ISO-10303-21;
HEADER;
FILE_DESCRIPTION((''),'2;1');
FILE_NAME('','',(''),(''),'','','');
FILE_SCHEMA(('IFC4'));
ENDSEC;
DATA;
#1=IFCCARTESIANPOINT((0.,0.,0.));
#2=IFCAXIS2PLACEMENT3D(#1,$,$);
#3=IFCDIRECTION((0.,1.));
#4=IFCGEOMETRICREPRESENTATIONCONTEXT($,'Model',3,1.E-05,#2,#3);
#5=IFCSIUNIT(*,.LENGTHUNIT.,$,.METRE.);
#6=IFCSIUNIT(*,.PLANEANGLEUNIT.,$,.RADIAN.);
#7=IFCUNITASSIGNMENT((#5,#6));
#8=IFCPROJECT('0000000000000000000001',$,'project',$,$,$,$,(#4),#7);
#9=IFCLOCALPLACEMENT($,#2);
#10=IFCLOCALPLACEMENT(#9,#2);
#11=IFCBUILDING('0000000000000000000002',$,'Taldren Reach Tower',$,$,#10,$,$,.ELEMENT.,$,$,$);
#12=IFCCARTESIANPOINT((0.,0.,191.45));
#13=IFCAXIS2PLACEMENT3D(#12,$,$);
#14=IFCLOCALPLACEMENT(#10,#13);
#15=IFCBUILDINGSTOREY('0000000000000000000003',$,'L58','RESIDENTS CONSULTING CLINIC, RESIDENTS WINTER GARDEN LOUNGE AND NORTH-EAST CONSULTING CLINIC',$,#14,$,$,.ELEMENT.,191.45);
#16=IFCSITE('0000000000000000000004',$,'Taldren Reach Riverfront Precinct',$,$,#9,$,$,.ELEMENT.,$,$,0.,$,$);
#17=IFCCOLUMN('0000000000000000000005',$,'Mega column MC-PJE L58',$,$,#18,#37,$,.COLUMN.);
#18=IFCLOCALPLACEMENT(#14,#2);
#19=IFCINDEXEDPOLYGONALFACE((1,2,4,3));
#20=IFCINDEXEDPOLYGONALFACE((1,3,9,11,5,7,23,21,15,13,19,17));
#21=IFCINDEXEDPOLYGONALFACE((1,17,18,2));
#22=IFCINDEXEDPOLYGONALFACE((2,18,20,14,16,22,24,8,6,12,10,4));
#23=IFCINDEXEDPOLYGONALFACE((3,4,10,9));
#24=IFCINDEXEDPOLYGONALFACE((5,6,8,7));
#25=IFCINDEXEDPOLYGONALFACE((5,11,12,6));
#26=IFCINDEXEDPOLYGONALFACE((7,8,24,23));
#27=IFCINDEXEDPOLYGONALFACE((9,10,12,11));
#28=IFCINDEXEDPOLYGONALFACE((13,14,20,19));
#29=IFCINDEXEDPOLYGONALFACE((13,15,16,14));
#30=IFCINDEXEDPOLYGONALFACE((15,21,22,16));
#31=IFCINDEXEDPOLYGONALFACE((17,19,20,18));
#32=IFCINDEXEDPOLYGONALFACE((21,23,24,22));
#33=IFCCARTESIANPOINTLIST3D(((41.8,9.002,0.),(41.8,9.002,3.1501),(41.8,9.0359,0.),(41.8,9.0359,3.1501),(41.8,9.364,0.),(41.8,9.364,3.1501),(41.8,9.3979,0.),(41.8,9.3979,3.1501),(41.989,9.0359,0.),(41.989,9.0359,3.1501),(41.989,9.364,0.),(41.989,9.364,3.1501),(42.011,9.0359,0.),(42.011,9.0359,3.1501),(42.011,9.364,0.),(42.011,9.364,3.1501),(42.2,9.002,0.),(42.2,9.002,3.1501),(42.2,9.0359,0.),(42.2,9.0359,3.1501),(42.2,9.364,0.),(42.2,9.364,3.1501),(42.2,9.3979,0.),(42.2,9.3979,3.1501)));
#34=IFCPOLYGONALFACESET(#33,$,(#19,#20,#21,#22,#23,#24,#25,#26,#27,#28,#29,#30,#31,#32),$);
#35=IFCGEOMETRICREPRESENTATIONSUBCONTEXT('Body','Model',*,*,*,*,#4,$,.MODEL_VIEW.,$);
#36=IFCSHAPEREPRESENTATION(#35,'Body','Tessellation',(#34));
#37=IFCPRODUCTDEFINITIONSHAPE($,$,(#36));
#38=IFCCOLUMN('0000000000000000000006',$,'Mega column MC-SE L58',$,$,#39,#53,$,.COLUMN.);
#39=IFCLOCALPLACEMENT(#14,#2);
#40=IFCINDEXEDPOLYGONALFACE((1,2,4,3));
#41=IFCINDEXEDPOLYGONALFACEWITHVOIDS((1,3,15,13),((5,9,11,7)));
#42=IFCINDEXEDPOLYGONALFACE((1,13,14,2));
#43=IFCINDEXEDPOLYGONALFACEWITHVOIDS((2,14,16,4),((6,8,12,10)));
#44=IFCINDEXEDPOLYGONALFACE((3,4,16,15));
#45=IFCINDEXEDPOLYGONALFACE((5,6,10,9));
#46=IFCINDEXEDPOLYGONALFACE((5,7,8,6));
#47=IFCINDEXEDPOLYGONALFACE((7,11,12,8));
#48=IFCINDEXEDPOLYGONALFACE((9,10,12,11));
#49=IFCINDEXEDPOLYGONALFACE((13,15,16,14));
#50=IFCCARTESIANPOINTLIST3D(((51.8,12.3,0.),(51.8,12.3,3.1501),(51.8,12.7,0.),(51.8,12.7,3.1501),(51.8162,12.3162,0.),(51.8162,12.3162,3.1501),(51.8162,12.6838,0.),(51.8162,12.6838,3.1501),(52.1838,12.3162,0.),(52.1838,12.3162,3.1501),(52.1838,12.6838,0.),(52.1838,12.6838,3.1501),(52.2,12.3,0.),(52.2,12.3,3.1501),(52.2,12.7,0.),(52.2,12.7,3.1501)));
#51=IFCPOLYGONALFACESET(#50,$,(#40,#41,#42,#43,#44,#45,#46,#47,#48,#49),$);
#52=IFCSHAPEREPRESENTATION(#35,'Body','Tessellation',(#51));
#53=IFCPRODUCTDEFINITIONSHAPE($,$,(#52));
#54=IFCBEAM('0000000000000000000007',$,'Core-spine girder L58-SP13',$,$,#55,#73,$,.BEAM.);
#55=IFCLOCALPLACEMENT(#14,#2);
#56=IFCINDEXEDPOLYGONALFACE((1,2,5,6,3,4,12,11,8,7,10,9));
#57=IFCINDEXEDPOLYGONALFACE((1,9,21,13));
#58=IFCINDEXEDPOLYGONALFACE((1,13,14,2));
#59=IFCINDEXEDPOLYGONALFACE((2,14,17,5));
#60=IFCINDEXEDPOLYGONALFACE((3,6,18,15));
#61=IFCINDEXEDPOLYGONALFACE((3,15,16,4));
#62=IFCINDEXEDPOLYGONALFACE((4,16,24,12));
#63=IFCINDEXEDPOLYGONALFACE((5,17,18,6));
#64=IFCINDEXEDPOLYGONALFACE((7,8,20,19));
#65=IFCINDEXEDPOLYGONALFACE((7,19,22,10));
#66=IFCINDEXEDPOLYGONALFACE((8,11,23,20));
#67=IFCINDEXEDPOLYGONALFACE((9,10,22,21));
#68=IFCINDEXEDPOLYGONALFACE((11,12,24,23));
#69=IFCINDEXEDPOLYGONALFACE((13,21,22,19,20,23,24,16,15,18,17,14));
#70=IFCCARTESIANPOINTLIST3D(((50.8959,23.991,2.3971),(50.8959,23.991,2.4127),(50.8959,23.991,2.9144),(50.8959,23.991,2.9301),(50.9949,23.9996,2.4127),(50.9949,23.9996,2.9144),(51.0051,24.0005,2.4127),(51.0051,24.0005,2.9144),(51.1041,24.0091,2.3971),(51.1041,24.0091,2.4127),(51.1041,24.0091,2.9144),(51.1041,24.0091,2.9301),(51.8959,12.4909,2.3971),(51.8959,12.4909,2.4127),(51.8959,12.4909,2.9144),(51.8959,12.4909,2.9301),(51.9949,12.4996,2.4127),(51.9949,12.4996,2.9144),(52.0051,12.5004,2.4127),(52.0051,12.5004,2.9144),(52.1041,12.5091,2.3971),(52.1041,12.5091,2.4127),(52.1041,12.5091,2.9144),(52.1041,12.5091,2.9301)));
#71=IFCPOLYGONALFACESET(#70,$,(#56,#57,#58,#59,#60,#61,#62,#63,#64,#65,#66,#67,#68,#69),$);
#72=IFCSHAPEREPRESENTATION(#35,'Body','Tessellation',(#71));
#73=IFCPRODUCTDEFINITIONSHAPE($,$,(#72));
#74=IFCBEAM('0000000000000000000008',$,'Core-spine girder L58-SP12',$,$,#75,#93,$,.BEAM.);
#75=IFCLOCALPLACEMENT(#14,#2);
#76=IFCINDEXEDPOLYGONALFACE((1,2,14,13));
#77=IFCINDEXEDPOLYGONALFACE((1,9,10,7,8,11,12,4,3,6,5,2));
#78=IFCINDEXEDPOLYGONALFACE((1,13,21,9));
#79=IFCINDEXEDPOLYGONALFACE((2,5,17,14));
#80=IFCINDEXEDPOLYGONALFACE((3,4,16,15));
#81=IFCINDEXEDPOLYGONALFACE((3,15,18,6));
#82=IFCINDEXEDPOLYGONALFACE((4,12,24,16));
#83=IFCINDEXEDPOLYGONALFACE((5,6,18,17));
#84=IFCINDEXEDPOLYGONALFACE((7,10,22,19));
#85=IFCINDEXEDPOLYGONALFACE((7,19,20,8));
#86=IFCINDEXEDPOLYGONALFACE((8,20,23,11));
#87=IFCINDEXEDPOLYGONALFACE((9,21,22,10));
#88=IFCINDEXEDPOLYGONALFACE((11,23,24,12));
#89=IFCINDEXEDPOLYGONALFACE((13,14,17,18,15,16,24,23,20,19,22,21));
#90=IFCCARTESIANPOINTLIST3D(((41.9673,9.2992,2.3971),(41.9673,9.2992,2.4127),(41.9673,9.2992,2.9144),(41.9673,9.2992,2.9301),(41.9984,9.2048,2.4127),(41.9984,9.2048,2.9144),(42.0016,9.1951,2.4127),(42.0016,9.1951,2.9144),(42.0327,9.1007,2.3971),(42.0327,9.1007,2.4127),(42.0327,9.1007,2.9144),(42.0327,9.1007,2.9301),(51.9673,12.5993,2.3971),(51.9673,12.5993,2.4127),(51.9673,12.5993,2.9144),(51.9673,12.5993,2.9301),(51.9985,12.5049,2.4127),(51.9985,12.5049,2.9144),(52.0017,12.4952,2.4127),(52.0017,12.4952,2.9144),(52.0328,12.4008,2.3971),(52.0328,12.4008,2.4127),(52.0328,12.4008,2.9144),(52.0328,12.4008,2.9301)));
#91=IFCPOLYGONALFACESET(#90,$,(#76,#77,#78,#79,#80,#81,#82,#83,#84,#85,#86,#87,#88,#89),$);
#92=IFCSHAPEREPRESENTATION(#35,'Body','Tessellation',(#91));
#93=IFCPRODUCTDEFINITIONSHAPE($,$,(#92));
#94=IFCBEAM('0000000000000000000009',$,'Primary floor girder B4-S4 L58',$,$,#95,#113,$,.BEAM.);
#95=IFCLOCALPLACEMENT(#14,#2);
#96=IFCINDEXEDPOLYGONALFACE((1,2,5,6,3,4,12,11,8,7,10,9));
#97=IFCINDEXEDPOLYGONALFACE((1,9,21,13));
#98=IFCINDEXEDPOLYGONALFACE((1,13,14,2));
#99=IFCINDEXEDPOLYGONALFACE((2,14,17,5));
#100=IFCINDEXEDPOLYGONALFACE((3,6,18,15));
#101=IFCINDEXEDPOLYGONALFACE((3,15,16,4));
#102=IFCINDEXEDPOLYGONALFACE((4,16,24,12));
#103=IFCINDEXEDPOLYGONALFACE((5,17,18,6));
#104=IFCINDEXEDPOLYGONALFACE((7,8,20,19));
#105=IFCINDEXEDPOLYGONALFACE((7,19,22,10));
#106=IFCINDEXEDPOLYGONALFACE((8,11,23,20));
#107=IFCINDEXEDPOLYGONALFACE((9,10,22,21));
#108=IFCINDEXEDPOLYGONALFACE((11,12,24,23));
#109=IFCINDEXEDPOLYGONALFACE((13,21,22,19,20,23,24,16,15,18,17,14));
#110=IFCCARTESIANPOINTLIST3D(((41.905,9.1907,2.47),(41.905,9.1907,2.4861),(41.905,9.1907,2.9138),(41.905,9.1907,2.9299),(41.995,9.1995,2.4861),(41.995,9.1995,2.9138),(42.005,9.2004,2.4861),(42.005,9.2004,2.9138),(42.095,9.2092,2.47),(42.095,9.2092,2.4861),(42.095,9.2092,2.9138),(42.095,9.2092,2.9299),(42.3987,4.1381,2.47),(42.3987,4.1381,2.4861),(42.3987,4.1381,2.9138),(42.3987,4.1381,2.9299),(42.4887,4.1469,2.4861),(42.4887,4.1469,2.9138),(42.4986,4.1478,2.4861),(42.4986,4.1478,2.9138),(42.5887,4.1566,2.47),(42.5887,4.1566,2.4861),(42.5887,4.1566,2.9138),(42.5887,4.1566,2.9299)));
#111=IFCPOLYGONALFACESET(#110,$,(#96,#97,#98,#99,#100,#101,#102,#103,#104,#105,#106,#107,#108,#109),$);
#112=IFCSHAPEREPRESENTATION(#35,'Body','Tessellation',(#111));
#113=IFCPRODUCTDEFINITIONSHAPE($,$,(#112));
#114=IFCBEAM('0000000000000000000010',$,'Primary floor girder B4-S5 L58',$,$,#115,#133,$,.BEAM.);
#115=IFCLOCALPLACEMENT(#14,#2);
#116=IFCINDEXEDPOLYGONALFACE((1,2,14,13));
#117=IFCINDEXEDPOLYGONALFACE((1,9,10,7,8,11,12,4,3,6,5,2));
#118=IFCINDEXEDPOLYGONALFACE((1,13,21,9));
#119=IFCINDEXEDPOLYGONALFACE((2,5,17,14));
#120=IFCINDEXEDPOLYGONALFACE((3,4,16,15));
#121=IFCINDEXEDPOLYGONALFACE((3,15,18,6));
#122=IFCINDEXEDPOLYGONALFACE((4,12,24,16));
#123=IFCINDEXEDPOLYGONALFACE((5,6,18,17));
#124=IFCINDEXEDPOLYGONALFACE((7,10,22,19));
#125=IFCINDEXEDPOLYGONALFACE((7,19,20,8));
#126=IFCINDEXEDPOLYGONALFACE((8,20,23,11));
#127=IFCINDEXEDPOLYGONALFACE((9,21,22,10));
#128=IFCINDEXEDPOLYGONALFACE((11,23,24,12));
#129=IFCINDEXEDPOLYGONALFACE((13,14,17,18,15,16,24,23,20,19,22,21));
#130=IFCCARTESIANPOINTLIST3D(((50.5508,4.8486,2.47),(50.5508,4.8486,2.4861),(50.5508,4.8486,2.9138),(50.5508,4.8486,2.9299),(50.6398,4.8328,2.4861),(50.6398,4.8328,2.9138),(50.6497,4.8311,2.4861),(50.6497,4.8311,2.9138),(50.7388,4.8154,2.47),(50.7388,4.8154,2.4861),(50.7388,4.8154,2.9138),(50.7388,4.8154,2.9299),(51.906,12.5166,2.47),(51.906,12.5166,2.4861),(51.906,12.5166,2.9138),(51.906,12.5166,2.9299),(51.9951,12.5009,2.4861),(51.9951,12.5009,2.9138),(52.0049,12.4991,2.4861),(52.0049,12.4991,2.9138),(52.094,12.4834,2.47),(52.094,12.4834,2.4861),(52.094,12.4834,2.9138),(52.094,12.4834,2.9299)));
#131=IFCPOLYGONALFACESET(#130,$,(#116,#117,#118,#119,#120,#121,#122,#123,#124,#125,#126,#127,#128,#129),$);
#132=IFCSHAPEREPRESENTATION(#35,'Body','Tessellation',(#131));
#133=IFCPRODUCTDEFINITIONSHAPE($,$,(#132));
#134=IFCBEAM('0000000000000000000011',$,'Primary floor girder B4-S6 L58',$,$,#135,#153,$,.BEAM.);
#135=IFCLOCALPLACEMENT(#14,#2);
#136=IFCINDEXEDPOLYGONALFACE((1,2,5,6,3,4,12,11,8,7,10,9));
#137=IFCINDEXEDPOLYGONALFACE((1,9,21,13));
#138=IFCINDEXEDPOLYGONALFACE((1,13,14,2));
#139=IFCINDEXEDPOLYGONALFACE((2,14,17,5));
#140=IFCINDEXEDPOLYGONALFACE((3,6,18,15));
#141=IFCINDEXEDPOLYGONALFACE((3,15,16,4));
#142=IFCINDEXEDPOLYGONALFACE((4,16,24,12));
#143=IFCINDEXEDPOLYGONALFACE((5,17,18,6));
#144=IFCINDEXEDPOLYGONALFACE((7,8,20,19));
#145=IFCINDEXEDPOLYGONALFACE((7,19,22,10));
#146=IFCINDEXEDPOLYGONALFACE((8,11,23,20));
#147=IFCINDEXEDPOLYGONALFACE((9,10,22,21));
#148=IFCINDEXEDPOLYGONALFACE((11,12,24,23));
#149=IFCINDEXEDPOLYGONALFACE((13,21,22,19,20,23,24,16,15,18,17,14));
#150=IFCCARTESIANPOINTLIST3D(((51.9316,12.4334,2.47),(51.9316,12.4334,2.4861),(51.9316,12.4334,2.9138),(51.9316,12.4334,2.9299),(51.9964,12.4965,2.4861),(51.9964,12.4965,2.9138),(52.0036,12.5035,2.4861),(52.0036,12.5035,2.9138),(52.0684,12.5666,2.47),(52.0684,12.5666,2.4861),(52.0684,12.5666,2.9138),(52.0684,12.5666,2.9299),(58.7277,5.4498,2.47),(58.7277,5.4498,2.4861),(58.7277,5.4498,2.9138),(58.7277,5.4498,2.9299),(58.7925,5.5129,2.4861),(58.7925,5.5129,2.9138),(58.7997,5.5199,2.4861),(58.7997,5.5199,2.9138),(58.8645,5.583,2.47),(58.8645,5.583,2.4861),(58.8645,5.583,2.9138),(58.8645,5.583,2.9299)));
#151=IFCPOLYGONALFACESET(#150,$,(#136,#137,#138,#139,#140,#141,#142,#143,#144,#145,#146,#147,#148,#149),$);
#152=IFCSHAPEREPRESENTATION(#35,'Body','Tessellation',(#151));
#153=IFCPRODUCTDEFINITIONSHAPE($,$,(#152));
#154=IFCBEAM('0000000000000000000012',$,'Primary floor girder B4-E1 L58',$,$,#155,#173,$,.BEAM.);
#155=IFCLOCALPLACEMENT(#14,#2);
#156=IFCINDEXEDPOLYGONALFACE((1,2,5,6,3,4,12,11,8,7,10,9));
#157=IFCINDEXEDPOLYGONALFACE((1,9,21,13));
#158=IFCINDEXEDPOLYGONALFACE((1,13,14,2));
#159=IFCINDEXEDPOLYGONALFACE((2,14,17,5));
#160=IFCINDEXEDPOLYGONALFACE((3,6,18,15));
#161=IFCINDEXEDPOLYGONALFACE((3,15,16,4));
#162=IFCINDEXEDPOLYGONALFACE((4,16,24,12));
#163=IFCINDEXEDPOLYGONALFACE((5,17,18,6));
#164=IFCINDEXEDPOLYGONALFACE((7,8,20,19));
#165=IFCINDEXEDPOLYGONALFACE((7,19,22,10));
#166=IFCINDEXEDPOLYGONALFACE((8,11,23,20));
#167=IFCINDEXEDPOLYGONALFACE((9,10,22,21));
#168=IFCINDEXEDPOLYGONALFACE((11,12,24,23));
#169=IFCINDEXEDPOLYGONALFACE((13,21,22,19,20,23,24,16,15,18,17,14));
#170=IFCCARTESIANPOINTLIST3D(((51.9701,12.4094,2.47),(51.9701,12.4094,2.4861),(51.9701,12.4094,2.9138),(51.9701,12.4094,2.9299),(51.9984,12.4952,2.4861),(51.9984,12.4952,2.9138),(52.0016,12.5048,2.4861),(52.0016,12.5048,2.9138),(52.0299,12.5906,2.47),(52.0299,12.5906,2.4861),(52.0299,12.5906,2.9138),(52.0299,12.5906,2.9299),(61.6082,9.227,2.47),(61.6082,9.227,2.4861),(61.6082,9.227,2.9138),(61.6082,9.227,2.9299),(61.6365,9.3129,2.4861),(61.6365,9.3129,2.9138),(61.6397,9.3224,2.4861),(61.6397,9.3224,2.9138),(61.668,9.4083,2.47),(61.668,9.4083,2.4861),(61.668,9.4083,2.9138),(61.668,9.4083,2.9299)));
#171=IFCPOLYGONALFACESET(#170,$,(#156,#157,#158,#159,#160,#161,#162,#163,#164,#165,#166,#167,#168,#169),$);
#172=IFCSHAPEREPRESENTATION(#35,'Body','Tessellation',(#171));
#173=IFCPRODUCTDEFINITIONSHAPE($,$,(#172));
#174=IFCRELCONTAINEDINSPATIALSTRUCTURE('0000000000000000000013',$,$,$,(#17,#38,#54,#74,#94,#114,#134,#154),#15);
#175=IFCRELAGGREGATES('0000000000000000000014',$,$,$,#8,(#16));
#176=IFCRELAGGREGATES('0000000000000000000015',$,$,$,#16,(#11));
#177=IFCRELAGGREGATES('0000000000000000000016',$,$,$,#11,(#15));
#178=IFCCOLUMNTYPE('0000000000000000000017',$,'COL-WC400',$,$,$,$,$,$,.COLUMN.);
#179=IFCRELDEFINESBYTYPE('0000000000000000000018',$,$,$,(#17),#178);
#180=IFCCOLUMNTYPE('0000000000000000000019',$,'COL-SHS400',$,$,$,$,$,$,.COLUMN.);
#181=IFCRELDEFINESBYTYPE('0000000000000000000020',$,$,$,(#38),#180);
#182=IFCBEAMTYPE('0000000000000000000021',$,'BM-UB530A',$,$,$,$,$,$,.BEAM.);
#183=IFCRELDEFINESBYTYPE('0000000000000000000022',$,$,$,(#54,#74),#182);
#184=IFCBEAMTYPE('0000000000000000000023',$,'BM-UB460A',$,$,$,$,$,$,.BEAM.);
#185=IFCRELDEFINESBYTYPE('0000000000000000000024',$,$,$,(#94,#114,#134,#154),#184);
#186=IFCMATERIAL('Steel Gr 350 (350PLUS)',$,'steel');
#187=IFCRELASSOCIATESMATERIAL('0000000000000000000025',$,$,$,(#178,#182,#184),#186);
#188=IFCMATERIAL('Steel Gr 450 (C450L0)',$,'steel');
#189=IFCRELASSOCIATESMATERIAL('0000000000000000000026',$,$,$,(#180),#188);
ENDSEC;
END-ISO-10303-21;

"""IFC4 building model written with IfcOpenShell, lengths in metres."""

from ifc_helpers import new_model, si_unit, direction, frame, origin, origin_2d, place, context, subcontext, project, spatial, hollow_rectangle, i_section, extrude, source, transform, mapped, material, material_profile, profile_set, type_object, element, save


model = new_model("IFC4")

# Units and contexts
model_context = context("Model", 3, precision=1e-05, world=origin(), true_north=direction((0.0, 1.0)))
body_context = subcontext(model_context, "Body", "Model", "MODEL_VIEW")
ifc_project = project(units=[si_unit("LENGTHUNIT", "METRE"), si_unit("PLANEANGLEUNIT", "RADIAN")], contexts=[model_context])

# Site, building, storey
site_placement = place(None, origin())
site = spatial("IfcSite", under=ifc_project, at=site_placement, Name="Taldren Reach Riverfront Precinct", CompositionType="ELEMENT", RefElevation=0.0)
building_placement = place(site_placement, origin())
building = spatial("IfcBuilding", under=site, at=building_placement, Name="Taldren Reach Tower", CompositionType="ELEMENT")
storey_placement = place(building_placement, frame((0.0, 0.0, 191.45)))
storey = spatial("IfcBuildingStorey", under=building, at=storey_placement, Name="L58", Description="RESIDENTS CONSULTING CLINIC, RESIDENTS WINTER GARDEN LOUNGE AND NORTH-EAST CONSULTING CLINIC", CompositionType="ELEMENT", Elevation=191.45)

# Columns
ifc_material_1 = material(Name="Steel Gr 350 (350PLUS)", Category="steel")
ifc_material_profile_1 = material_profile(ifc_material_1, i_section(OverallWidth=0.3999, OverallDepth=0.396, WebThickness=0.022, FlangeThickness=0.0339, at=origin_2d()), Name="400WC270")
ifc_profile_set_1 = profile_set([ifc_material_profile_1], Name="Steel Gr 350 (350PLUS)")
column_type_1 = type_object("IfcColumnType", Name="COL-WC400", PredefinedType="COLUMN", material=ifc_profile_set_1)
shared_shape_1 = source(origin(), body_context, "Body", "SweptSolid", [
    extrude(i_section(OverallWidth=0.3999, OverallDepth=0.396, WebThickness=0.022, FlangeThickness=0.0339, at=origin_2d()), origin(), (0.0, 0.0, 1.0), 3.1501),
])
column_1_placement = place(storey_placement, frame((42.0, 9.2, 0.0), z_axis=(0.0, 0.0, 1.0), x_axis=(1.0, 0.0, 0.0)))
element("IfcColumn", 1, at=column_1_placement, inside=storey, type_object=column_type_1, Name="Mega column MC-PJE L58", PredefinedType="COLUMN", context=body_context, shape_type="MappedRepresentation", body=[
    mapped(shared_shape_1, transform((0.0, 0.0, 0.0), scale=1.0)),
])
ifc_material_2 = material(Name="Steel Gr 450 (C450L0)", Category="steel")
ifc_material_profile_2 = material_profile(ifc_material_2, hollow_rectangle(XDim=0.3999, YDim=0.3999, WallThickness=0.0161, at=origin_2d()), Name="400x400x16.0SHS")
ifc_profile_set_2 = profile_set([ifc_material_profile_2], Name="Steel Gr 450 (C450L0)")
column_type_2 = type_object("IfcColumnType", Name="COL-SHS400", PredefinedType="COLUMN", material=ifc_profile_set_2)
shared_shape_2 = source(origin(), body_context, "Body", "SweptSolid", [
    extrude(hollow_rectangle(XDim=0.3999, YDim=0.3999, WallThickness=0.0161, at=origin_2d()), origin(), (0.0, 0.0, 1.0), 3.1501),
])
column_2_placement = place(storey_placement, frame((52.0, 12.5, 0.0), z_axis=(0.0, 0.0, 1.0), x_axis=(1.0, 0.0, 0.0)))
element("IfcColumn", 2, at=column_2_placement, inside=storey, type_object=column_type_2, Name="Mega column MC-SE L58", PredefinedType="COLUMN", context=body_context, shape_type="MappedRepresentation", body=[
    mapped(shared_shape_2, transform((0.0, 0.0, 0.0), scale=1.0)),
])

# Beams
ifc_material_profile_3 = material_profile(ifc_material_1, i_section(OverallWidth=0.209, OverallDepth=0.533, WebThickness=0.0103, FlangeThickness=0.0156, at=origin_2d()), Name="530UB92.4")
ifc_profile_set_3 = profile_set([ifc_material_profile_3], Name="Steel Gr 350 (350PLUS)")
beam_type_1 = type_object("IfcBeamType", Name="BM-UB530A", PredefinedType="BEAM", material=ifc_profile_set_3)
shared_shape_3 = source(origin(), body_context, "Body", "SweptSolid", [
    extrude(i_section(OverallWidth=0.209, OverallDepth=0.533, WebThickness=0.0103, FlangeThickness=0.0156, at=origin_2d()), origin(), (0.0, 0.0, 1.0), 11.5435),
])
beam_1_placement = place(storey_placement, frame((52.0, 12.5, 2.6636), z_axis=(-0.08663, 0.996241, 0.0), x_axis=(-0.996241, -0.08663, 0.0)))
element("IfcBeam", 3, at=beam_1_placement, inside=storey, type_object=beam_type_1, Name="Core-spine girder L58-SP13", PredefinedType="BEAM", context=body_context, shape_type="MappedRepresentation", body=[
    mapped(shared_shape_3, transform((0.0, 0.0, 0.0), scale=1.0)),
])
shared_shape_4 = source(origin(), body_context, "Body", "SweptSolid", [
    extrude(i_section(OverallWidth=0.209, OverallDepth=0.533, WebThickness=0.0103, FlangeThickness=0.0156, at=origin_2d()), origin(), (0.0, 0.0, 1.0), 10.5305),
])
beam_2_placement = place(storey_placement, frame((42.0, 9.2, 2.6636), z_axis=(0.949627, 0.313382, 0.0), x_axis=(-0.313382, 0.949627, 0.0)))
element("IfcBeam", 4, at=beam_2_placement, inside=storey, type_object=beam_type_1, Name="Core-spine girder L58-SP12", PredefinedType="BEAM", context=body_context, shape_type="MappedRepresentation", body=[
    mapped(shared_shape_4, transform((0.0, 0.0, 0.0), scale=1.0)),
])
ifc_material_profile_4 = material_profile(ifc_material_1, i_section(OverallWidth=0.1909, OverallDepth=0.46, WebThickness=0.01, FlangeThickness=0.0161, at=origin_2d()), Name="460UB82.1")
ifc_profile_set_4 = profile_set([ifc_material_profile_4], Name="Steel Gr 350 (350PLUS)")
beam_type_2 = type_object("IfcBeamType", Name="BM-UB460A", PredefinedType="BEAM", material=ifc_profile_set_4)
shared_shape_5 = source(origin(), body_context, "Body", "SweptSolid", [
    extrude(i_section(OverallWidth=0.1909, OverallDepth=0.46, WebThickness=0.01, FlangeThickness=0.0161, at=origin_2d()), origin(), (0.0, 0.0, 1.0), 5.0767),
])
beam_3_placement = place(storey_placement, frame((42.0, 9.2, 2.7), z_axis=(0.097242, -0.995261, 0.0), x_axis=(0.995261, 0.097242, 0.0)))
element("IfcBeam", 5, at=beam_3_placement, inside=storey, type_object=beam_type_2, Name="Primary floor girder B4-S4 L58", PredefinedType="BEAM", context=body_context, shape_type="MappedRepresentation", body=[
    mapped(shared_shape_5, transform((0.0, 0.0, 0.0), scale=1.0)),
])
shared_shape_6 = source(origin(), body_context, "Body", "SweptSolid", [
    extrude(i_section(OverallWidth=0.1909, OverallDepth=0.46, WebThickness=0.01, FlangeThickness=0.0161, at=origin_2d()), origin(), (0.0, 0.0, 1.0), 7.7869),
])
beam_4_placement = place(storey_placement, frame((52.0, 12.5, 2.7), z_axis=(-0.174041, -0.984738, 0.0), x_axis=(0.984738, -0.174041, 0.0)))
element("IfcBeam", 6, at=beam_4_placement, inside=storey, type_object=beam_type_2, Name="Primary floor girder B4-S5 L58", PredefinedType="BEAM", context=body_context, shape_type="MappedRepresentation", body=[
    mapped(shared_shape_6, transform((0.0, 0.0, 0.0), scale=1.0)),
])
shared_shape_7 = source(origin(), body_context, "Body", "SweptSolid", [
    extrude(i_section(OverallWidth=0.1909, OverallDepth=0.46, WebThickness=0.01, FlangeThickness=0.0161, at=origin_2d()), origin(), (0.0, 0.0, 1.0), 9.7446),
])
beam_5_placement = place(storey_placement, frame((52.0, 12.5, 2.7), z_axis=(0.697421, -0.716662, 0.0), x_axis=(0.716662, 0.697421, 0.0)))
element("IfcBeam", 7, at=beam_5_placement, inside=storey, type_object=beam_type_2, Name="Primary floor girder B4-S6 L58", PredefinedType="BEAM", context=body_context, shape_type="MappedRepresentation", body=[
    mapped(shared_shape_7, transform((0.0, 0.0, 0.0), scale=1.0)),
])
shared_shape_8 = source(origin(), body_context, "Body", "SweptSolid", [
    extrude(i_section(OverallWidth=0.1909, OverallDepth=0.46, WebThickness=0.01, FlangeThickness=0.0161, at=origin_2d()), origin(), (0.0, 0.0, 1.0), 10.1499),
])
beam_6_placement = place(storey_placement, frame((52.0, 12.5, 2.7), z_axis=(0.949577, -0.313535, 0.0), x_axis=(0.313535, 0.949577, 0.0)))
element("IfcBeam", 8, at=beam_6_placement, inside=storey, type_object=beam_type_2, Name="Primary floor girder B4-E1 L58", PredefinedType="BEAM", context=body_context, shape_type="MappedRepresentation", body=[
    mapped(shared_shape_8, transform((0.0, 0.0, 0.0), scale=1.0)),
])

save(model, "model.ifc")
